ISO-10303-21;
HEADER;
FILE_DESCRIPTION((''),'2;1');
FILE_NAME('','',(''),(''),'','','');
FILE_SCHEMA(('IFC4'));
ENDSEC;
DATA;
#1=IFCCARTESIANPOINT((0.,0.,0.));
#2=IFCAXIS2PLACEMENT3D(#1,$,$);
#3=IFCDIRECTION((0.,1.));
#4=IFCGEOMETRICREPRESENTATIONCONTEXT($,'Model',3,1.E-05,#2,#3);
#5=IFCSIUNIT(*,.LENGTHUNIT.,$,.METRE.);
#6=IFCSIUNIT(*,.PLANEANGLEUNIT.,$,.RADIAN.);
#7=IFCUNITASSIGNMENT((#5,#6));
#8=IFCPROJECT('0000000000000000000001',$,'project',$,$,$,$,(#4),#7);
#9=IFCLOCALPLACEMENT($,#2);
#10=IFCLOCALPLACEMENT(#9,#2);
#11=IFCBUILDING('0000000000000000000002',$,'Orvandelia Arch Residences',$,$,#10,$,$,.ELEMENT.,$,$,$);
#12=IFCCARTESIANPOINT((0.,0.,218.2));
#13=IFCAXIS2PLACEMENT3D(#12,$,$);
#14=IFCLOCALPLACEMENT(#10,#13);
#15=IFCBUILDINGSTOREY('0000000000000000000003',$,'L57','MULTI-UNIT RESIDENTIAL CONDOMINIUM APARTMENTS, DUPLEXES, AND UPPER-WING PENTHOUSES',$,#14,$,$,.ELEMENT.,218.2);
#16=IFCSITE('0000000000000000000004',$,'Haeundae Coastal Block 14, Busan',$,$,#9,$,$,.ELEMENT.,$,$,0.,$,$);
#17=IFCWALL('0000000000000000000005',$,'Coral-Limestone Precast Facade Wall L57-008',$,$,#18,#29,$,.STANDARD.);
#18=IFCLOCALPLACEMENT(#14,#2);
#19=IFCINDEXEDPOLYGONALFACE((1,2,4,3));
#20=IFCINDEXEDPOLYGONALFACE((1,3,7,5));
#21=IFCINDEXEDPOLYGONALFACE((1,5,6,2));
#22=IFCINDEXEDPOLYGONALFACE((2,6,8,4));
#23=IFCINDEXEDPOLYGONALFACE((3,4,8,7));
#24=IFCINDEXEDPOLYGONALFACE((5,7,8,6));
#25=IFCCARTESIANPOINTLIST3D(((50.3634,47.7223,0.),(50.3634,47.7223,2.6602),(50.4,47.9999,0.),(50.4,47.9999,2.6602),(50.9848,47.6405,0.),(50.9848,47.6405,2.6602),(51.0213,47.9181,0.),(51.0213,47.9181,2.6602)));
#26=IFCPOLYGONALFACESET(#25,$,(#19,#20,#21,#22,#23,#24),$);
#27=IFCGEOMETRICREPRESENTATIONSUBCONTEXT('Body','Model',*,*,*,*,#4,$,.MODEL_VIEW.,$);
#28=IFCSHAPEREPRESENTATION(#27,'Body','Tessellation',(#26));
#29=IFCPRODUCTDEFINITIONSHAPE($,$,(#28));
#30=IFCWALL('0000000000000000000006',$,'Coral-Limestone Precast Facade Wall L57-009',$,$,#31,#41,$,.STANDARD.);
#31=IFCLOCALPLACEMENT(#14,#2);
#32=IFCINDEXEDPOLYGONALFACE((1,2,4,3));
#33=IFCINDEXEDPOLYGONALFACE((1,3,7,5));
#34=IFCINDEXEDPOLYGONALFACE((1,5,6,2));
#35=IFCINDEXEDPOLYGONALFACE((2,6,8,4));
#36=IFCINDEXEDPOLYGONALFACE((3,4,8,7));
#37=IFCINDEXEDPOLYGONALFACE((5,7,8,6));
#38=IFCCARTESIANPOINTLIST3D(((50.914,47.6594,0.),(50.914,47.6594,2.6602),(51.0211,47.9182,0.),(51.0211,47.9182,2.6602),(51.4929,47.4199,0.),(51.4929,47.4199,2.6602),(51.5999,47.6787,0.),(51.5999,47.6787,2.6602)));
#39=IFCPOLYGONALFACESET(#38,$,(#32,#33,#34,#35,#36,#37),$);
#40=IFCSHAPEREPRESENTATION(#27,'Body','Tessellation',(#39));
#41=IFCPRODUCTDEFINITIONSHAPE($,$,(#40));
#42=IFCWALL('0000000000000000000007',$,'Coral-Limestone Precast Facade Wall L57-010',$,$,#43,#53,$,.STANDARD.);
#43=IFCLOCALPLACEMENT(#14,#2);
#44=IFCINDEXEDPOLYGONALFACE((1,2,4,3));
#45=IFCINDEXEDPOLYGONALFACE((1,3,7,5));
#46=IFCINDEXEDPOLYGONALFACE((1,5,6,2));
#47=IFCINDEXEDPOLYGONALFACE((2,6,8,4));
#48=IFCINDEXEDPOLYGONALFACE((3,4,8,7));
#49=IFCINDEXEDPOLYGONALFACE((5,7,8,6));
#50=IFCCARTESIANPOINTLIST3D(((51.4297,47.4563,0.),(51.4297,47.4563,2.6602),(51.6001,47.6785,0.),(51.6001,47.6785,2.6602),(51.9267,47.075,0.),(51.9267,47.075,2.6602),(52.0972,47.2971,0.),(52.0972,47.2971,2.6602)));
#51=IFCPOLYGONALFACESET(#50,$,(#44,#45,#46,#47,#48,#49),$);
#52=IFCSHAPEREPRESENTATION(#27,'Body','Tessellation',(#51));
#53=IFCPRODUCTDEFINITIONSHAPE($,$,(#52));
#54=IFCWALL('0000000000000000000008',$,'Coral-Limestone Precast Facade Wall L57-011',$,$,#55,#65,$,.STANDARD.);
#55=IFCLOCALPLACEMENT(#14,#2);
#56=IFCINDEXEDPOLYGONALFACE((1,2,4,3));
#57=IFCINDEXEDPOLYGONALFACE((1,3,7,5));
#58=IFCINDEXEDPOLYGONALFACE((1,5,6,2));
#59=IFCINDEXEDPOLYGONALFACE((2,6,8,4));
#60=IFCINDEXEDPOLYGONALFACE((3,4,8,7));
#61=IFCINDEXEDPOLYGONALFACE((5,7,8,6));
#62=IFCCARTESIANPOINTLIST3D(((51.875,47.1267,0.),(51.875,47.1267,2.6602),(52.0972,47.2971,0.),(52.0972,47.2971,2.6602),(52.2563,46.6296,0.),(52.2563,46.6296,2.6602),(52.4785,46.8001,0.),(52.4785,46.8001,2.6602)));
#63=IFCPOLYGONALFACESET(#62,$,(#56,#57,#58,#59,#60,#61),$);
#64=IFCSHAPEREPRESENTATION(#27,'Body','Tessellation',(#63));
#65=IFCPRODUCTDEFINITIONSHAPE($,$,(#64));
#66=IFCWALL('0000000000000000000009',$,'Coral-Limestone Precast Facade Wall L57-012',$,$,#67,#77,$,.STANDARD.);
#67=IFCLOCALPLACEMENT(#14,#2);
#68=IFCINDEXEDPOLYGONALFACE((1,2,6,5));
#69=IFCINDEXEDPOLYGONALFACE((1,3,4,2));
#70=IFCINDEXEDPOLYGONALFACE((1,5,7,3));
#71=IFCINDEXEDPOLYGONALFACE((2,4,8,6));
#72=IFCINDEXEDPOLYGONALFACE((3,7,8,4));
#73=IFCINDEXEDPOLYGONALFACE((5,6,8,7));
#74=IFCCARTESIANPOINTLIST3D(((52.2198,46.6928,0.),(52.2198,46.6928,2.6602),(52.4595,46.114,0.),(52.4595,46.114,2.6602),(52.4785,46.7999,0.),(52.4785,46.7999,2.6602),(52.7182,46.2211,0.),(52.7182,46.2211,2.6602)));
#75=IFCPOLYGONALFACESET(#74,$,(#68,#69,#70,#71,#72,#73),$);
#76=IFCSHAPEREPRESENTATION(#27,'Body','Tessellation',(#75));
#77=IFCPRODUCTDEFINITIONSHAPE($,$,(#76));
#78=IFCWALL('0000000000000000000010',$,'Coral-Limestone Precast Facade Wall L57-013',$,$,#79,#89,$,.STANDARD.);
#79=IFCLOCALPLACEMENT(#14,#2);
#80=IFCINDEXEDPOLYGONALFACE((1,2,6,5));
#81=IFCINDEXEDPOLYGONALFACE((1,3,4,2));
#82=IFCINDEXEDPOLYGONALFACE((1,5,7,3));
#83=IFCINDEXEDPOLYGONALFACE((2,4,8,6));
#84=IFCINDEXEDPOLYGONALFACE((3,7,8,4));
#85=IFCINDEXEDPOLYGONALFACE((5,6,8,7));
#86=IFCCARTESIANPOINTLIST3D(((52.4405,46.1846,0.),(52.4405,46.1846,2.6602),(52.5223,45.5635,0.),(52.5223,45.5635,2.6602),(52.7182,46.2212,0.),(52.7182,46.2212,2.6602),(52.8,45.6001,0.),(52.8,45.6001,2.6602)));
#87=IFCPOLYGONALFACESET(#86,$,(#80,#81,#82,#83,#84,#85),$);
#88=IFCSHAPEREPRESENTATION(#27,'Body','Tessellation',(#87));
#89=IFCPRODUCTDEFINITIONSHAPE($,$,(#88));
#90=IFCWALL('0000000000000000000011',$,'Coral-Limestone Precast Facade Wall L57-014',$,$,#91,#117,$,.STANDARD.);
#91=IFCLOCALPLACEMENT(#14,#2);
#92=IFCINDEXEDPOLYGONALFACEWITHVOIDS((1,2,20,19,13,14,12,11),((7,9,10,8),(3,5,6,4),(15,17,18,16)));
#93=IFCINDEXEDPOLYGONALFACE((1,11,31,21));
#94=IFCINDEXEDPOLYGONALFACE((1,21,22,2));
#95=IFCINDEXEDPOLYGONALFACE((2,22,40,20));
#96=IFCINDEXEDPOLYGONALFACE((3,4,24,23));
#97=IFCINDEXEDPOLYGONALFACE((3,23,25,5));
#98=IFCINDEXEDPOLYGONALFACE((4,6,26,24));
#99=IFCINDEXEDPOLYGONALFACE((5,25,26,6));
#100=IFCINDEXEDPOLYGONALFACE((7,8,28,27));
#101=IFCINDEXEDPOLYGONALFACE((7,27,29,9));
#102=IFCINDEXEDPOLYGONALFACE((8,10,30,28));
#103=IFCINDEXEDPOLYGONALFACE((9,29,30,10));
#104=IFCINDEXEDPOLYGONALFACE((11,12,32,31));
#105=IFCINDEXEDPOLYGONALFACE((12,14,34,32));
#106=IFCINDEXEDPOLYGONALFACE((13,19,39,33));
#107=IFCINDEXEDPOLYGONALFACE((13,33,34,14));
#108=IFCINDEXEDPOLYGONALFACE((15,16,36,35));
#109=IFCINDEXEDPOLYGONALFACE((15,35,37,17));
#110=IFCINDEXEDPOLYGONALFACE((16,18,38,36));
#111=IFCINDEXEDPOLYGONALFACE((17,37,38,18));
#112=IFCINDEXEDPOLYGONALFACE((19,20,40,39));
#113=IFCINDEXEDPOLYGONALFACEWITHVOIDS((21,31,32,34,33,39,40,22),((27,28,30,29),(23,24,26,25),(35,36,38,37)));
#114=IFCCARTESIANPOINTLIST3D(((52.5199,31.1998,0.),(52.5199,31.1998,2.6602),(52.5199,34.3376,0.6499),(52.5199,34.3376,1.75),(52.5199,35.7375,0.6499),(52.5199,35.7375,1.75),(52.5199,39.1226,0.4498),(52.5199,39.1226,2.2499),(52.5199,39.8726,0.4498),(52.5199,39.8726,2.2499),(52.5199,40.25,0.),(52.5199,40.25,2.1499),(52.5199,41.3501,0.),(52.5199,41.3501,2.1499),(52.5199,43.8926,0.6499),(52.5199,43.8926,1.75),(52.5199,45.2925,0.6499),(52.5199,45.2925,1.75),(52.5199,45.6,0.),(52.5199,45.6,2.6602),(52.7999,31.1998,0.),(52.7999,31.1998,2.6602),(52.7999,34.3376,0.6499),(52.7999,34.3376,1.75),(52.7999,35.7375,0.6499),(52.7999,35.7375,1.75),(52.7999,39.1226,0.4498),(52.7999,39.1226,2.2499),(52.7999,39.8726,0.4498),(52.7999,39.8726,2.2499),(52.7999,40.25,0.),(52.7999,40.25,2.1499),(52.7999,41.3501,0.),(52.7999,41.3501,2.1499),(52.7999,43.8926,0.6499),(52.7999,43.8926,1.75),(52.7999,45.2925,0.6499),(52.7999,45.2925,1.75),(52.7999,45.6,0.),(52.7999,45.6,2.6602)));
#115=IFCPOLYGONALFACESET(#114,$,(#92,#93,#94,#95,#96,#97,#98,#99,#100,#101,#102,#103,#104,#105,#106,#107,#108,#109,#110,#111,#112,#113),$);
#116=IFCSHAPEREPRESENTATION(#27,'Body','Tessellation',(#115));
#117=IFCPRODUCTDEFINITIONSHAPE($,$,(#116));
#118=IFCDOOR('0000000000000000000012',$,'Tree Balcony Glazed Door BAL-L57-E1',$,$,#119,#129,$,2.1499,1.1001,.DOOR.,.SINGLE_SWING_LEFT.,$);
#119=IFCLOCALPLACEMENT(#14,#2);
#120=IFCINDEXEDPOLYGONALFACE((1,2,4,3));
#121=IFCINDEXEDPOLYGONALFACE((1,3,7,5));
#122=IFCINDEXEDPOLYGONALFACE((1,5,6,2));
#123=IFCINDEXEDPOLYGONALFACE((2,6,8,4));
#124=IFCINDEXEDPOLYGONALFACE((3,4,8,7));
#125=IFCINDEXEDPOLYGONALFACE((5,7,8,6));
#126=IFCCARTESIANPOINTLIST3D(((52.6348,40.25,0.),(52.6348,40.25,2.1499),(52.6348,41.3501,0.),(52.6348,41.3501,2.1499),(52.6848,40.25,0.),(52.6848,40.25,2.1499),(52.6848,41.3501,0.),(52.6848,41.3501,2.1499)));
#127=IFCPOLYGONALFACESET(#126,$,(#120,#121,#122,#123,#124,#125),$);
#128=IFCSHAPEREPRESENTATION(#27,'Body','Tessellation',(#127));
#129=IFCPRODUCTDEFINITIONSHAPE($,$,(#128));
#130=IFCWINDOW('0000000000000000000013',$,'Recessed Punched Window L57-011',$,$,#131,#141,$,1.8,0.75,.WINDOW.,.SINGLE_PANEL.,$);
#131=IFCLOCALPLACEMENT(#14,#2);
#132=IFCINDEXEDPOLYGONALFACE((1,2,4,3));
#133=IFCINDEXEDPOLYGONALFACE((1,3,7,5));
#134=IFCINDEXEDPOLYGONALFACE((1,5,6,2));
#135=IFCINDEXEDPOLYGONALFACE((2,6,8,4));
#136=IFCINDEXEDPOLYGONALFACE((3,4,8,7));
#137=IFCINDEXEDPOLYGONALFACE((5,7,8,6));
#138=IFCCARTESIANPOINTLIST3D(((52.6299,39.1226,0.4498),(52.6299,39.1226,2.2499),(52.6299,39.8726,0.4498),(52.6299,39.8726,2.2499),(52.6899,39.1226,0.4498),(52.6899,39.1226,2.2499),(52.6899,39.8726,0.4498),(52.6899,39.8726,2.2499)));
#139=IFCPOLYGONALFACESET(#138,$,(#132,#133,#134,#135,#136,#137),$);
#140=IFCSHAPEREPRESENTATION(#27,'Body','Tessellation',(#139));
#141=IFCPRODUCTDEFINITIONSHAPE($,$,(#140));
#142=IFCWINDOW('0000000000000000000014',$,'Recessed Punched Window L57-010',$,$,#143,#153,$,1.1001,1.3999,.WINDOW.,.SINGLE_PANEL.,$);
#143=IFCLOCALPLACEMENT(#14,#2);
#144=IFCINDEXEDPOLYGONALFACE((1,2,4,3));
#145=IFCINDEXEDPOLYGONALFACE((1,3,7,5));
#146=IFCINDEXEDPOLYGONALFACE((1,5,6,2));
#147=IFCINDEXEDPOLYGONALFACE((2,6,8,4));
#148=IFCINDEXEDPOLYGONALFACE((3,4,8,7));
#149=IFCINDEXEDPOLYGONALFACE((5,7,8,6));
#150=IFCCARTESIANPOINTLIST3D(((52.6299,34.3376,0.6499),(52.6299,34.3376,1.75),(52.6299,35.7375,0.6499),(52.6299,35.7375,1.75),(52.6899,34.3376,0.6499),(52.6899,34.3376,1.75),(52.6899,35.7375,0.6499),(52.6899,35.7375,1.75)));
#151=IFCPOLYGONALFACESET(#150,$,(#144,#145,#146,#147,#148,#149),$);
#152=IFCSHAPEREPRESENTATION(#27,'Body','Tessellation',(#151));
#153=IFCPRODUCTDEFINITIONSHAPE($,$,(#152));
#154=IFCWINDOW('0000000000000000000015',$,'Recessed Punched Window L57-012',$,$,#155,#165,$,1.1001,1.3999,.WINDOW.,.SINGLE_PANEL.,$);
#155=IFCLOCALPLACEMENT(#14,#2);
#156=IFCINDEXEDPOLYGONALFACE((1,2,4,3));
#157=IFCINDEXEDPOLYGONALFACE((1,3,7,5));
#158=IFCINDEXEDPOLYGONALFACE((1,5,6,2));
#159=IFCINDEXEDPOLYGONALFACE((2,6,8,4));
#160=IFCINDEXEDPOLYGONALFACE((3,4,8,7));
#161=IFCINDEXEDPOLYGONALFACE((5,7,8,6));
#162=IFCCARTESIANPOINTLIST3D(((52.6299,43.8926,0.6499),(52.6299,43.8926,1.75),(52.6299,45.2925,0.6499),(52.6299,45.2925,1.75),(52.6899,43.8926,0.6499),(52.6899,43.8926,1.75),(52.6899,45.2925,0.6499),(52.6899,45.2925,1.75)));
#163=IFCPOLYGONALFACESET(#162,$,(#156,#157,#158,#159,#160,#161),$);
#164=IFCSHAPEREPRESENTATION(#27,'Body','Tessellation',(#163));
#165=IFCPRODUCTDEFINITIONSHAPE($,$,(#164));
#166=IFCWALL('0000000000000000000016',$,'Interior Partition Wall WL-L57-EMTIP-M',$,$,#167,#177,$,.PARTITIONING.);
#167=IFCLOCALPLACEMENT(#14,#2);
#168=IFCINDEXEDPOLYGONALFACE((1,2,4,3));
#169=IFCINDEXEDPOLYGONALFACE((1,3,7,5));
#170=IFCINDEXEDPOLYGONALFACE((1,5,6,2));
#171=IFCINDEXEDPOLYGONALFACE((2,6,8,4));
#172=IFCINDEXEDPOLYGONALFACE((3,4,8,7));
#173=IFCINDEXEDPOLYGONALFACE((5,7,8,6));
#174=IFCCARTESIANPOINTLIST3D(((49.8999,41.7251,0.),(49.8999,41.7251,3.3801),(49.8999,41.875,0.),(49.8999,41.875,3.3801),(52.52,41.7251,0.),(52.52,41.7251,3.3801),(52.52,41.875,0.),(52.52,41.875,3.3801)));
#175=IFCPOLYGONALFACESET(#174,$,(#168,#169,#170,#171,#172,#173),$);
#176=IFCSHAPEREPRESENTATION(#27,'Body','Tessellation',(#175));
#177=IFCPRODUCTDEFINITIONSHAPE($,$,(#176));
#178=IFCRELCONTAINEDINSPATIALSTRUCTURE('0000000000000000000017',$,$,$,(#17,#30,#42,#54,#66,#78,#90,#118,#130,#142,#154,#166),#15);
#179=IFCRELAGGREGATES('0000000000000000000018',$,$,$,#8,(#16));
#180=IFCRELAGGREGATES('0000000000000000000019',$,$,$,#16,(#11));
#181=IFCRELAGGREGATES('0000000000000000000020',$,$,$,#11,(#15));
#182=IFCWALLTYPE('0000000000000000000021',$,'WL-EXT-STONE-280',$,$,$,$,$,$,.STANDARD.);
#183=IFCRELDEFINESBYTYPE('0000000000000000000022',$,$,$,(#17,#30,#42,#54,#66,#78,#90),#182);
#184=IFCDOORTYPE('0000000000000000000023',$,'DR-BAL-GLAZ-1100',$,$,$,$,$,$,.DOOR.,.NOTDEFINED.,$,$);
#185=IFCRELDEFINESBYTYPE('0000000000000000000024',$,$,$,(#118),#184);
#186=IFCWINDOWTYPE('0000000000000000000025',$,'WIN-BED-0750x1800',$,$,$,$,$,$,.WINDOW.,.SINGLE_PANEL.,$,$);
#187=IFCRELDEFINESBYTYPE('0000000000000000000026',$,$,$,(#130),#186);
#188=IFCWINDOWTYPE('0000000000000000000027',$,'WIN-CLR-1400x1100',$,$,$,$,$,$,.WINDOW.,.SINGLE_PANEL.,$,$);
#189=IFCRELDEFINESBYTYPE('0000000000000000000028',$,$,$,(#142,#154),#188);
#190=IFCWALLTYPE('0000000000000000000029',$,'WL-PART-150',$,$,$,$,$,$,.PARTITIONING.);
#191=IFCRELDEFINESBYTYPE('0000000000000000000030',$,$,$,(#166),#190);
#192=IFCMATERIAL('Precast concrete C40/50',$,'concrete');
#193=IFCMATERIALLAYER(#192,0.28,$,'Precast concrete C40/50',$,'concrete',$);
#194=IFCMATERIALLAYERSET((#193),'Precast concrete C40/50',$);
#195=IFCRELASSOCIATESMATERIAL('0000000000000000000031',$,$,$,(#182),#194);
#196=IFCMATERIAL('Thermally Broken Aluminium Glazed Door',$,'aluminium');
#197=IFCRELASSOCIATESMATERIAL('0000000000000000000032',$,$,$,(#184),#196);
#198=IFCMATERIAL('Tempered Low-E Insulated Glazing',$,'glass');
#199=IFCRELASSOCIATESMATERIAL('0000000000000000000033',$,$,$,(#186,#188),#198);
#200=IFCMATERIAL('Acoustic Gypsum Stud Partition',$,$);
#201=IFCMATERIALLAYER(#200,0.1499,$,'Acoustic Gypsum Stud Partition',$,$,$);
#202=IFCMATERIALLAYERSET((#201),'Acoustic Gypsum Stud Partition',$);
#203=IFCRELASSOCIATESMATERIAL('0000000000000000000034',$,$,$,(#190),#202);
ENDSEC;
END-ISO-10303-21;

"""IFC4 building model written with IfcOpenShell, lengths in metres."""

from ifc_helpers import new_model, si_unit, direction, frame, frame_2d, origin, place, context, subcontext, project, spatial, rectangle, extrude, material, layer, layer_set, type_object, element, fill, save


model = new_model("IFC4")

# Units and contexts
model_context = context("Model", 3, precision=1e-05, world=origin(), true_north=direction((0.0, 1.0)))
body_context = subcontext(model_context, "Body", "Model", "MODEL_VIEW")
ifc_project = project(units=[si_unit("LENGTHUNIT", "METRE"), si_unit("PLANEANGLEUNIT", "RADIAN")], contexts=[model_context])

# Site, building, storey
site_placement = place(None, origin())
site = spatial("IfcSite", under=ifc_project, at=site_placement, Name="Haeundae Coastal Block 14, Busan", CompositionType="ELEMENT", RefElevation=0.0)
building_placement = place(site_placement, origin())
building = spatial("IfcBuilding", under=site, at=building_placement, Name="Orvandelia Arch Residences", CompositionType="ELEMENT")
storey_placement = place(building_placement, frame((0.0, 0.0, 218.2)))
storey = spatial("IfcBuildingStorey", under=building, at=storey_placement, Name="L57", Description="MULTI-UNIT RESIDENTIAL CONDOMINIUM APARTMENTS, DUPLEXES, AND UPPER-WING PENTHOUSES", CompositionType="ELEMENT", Elevation=218.2)

# Walls
ifc_material_1 = material(Name="Precast concrete C40/50", Category="concrete")
ifc_layer_1 = layer(ifc_material_1, 0.28, Name="Precast concrete C40/50", Category="concrete")
ifc_layer_set_1 = layer_set([ifc_layer_1], Name="Precast concrete C40/50")
wall_type_1 = type_object("IfcWallType", Name="WL-EXT-STONE-280", PredefinedType="STANDARD", material=ifc_layer_set_1)
wall_1_placement = place(storey_placement, frame((50.3816, 47.8611, 0.0), z_axis=(0.0, 0.0, 1.0), x_axis=(0.991448, -0.130505, 0.0)))
element("IfcWall", 1, at=wall_1_placement, inside=storey, type_object=wall_type_1, Name="Coral-Limestone Precast Facade Wall L57-008", PredefinedType="STANDARD", context=body_context, shape_type="SweptSolid", body=[
    extrude(rectangle(XDim=0.6267, YDim=0.28, at=frame_2d((0.3135, 0.0))), origin(), (0.0, 0.0, 1.0), 2.6602),
])
for number, where, z_axis, x_axis, name in (
    (2, (50.9675, 47.7888, 0.0), (0.0, 0.0, 1.0), (0.924031, -0.382317, 0.0), "Coral-Limestone Precast Facade Wall L57-009"),
    (3, (51.5149, 47.5674, 0.0), (0.0, 0.0, 1.0), (0.793406, -0.608693, 0.0), "Coral-Limestone Precast Facade Wall L57-010"),
    (4, (51.9861, 47.2119, 0.0), (0.0, 0.0, 1.0), (0.608693, -0.793406, 0.0), "Coral-Limestone Precast Facade Wall L57-011"),
    (5, (52.3491, 46.7463, 0.0), (0.0, 0.0, 1.0), (0.38265, -0.923893, 0.0), "Coral-Limestone Precast Facade Wall L57-012"),
    (6, (52.5793, 46.2029, 0.0), (0.0, 0.0, 1.0), (0.130555, -0.991441, 0.0), "Coral-Limestone Precast Facade Wall L57-013"),
):
    element("IfcWall", number, at=place(storey_placement, frame(where, z_axis=z_axis, x_axis=x_axis)), inside=storey, type_object=wall_type_1, Name=name, PredefinedType="STANDARD", context=body_context, shape_type="SweptSolid", body=[
        extrude(rectangle(XDim=0.6265, YDim=0.28, at=frame_2d((0.3132, 0.0))), origin(), (0.0, 0.0, 1.0), 2.6602),
    ])

# Wall, openings, door, windows
wall_2_placement = place(storey_placement, frame((52.6599, 45.6001, 0.0), z_axis=(0.0, 0.0, 1.0), x_axis=(0.0, -1.0, 0.0)))
wall_2 = element("IfcWall", 7, at=wall_2_placement, inside=storey, type_object=wall_type_1, Name="Coral-Limestone Precast Facade Wall L57-014", PredefinedType="STANDARD", context=body_context, shape_type="SweptSolid", body=[
    extrude(rectangle(XDim=14.4001, YDim=0.28, at=frame_2d((7.2002, 0.0))), origin(), (0.0, 0.0, 1.0), 2.6602),
])
opening_1_placement = place(wall_2_placement, frame((4.25, 0.0, 0.0)))
opening_1 = element("IfcOpeningElement", 8, at=opening_1_placement, cuts=wall_2, PredefinedType="OPENING", context=body_context, shape_type="SweptSolid", body=[
    extrude(rectangle(XDim=1.1001, YDim=2.1499, at=frame_2d((0.55, 1.075))), frame((0.0, 0.1499, 0.0), z_axis=(0.0, -1.0, 0.0), x_axis=(1.0, 0.0, 0.0)), (0.0, 0.0, 1.0), 0.3),
])
opening_2_placement = place(wall_2_placement, frame((9.8625, 0.0, 0.6499)))
opening_2 = element("IfcOpeningElement", 9, at=opening_2_placement, cuts=wall_2, PredefinedType="OPENING", context=body_context, shape_type="SweptSolid", body=[
    extrude(rectangle(XDim=1.3999, YDim=1.1001, at=frame_2d((0.7, 0.55))), frame((0.0, 0.1499, 0.0), z_axis=(0.0, -1.0, 0.0), x_axis=(1.0, 0.0, 0.0)), (0.0, 0.0, 1.0), 0.3),
])
opening_3_placement = place(wall_2_placement, frame((5.7275, 0.0, 0.45)))
opening_3 = element("IfcOpeningElement", 10, at=opening_3_placement, cuts=wall_2, PredefinedType="OPENING", context=body_context, shape_type="SweptSolid", body=[
    extrude(rectangle(XDim=0.75, YDim=1.8, at=frame_2d((0.375, 0.8999))), frame((0.0, 0.1499, 0.0), z_axis=(0.0, -1.0, 0.0), x_axis=(1.0, 0.0, 0.0)), (0.0, 0.0, 1.0), 0.3),
])
opening_4_placement = place(wall_2_placement, frame((0.3076, 0.0, 0.6499)))
opening_4 = element("IfcOpeningElement", 11, at=opening_4_placement, cuts=wall_2, PredefinedType="OPENING", context=body_context, shape_type="SweptSolid", body=[
    extrude(rectangle(XDim=1.3999, YDim=1.1001, at=frame_2d((0.7, 0.55))), frame((0.0, 0.1499, 0.0), z_axis=(0.0, -1.0, 0.0), x_axis=(1.0, 0.0, 0.0)), (0.0, 0.0, 1.0), 0.3),
])
ifc_material_2 = material(Name="Thermally Broken Aluminium Glazed Door", Category="aluminium")
door_type = type_object("IfcDoorType", Name="DR-BAL-GLAZ-1100", OperationType="NOTDEFINED", PredefinedType="DOOR", material=ifc_material_2)
door_placement = place(opening_1_placement, origin())
door = element("IfcDoor", 12, at=door_placement, inside=storey, type_object=door_type, Name="Tree Balcony Glazed Door BAL-L57-E1", OperationType="SINGLE_SWING_LEFT", OverallHeight=2.1499, OverallWidth=1.1001, PredefinedType="DOOR", context=body_context, shape_type="SweptSolid", body=[
    extrude(rectangle(XDim=1.1001, YDim=2.1499, at=frame_2d((0.55, 1.075))), frame((0.0, 0.0249, 0.0), z_axis=(0.0, -1.0, 0.0), x_axis=(1.0, 0.0, 0.0)), (0.0, 0.0, 1.0), 0.05),
])
fill(opening_1, door)
ifc_material_3 = material(Name="Tempered Low-E Insulated Glazing", Category="glass")
window_type_1 = type_object("IfcWindowType", Name="WIN-BED-0750x1800", PartitioningType="SINGLE_PANEL", PredefinedType="WINDOW", material=ifc_material_3)
window_1_placement = place(opening_3_placement, origin())
window_1 = element("IfcWindow", 13, at=window_1_placement, inside=storey, type_object=window_type_1, Name="Recessed Punched Window L57-011", OverallHeight=1.8, OverallWidth=0.75, PartitioningType="SINGLE_PANEL", PredefinedType="WINDOW", context=body_context, shape_type="SweptSolid", body=[
    extrude(rectangle(XDim=0.75, YDim=1.8, at=frame_2d((0.375, 0.8999))), frame((0.0, 0.03, 0.0), z_axis=(0.0, -1.0, 0.0), x_axis=(1.0, 0.0, 0.0)), (0.0, 0.0, 1.0), 0.0601),
])
fill(opening_3, window_1)
window_type_2 = type_object("IfcWindowType", Name="WIN-CLR-1400x1100", PartitioningType="SINGLE_PANEL", PredefinedType="WINDOW", material=ifc_material_3)
window_2_placement = place(opening_2_placement, origin())
window_2 = element("IfcWindow", 14, at=window_2_placement, inside=storey, type_object=window_type_2, Name="Recessed Punched Window L57-010", OverallHeight=1.1001, OverallWidth=1.3999, PartitioningType="SINGLE_PANEL", PredefinedType="WINDOW", context=body_context, shape_type="SweptSolid", body=[
    extrude(rectangle(XDim=1.3999, YDim=1.1001, at=frame_2d((0.7, 0.55))), frame((0.0, 0.03, 0.0), z_axis=(0.0, -1.0, 0.0), x_axis=(1.0, 0.0, 0.0)), (0.0, 0.0, 1.0), 0.0601),
])
fill(opening_2, window_2)
window_3_placement = place(opening_4_placement, origin())
window_3 = element("IfcWindow", 15, at=window_3_placement, inside=storey, type_object=window_type_2, Name="Recessed Punched Window L57-012", OverallHeight=1.1001, OverallWidth=1.3999, PartitioningType="SINGLE_PANEL", PredefinedType="WINDOW", context=body_context, shape_type="SweptSolid", body=[
    extrude(rectangle(XDim=1.3999, YDim=1.1001, at=frame_2d((0.7, 0.55))), frame((0.0, 0.03, 0.0), z_axis=(0.0, -1.0, 0.0), x_axis=(1.0, 0.0, 0.0)), (0.0, 0.0, 1.0), 0.0601),
])
fill(opening_4, window_3)

# Wall
ifc_material_4 = material(Name="Acoustic Gypsum Stud Partition")
ifc_layer_2 = layer(ifc_material_4, 0.1499, Name="Acoustic Gypsum Stud Partition")
ifc_layer_set_2 = layer_set([ifc_layer_2], Name="Acoustic Gypsum Stud Partition")
wall_type_2 = type_object("IfcWallType", Name="WL-PART-150", PredefinedType="PARTITIONING", material=ifc_layer_set_2)
wall_3_placement = place(storey_placement, frame((49.8999, 41.8, 0.0), z_axis=(0.0, 0.0, 1.0), x_axis=(1.0, 0.0, 0.0)))
element("IfcWall", 16, at=wall_3_placement, inside=storey, type_object=wall_type_2, Name="Interior Partition Wall WL-L57-EMTIP-M", PredefinedType="PARTITIONING", context=body_context, shape_type="SweptSolid", body=[
    extrude(rectangle(XDim=2.6201, YDim=0.1499, at=frame_2d((1.3101, 0.0))), origin(), (0.0, 0.0, 1.0), 3.3801),
])

save(model, "model.ifc")
